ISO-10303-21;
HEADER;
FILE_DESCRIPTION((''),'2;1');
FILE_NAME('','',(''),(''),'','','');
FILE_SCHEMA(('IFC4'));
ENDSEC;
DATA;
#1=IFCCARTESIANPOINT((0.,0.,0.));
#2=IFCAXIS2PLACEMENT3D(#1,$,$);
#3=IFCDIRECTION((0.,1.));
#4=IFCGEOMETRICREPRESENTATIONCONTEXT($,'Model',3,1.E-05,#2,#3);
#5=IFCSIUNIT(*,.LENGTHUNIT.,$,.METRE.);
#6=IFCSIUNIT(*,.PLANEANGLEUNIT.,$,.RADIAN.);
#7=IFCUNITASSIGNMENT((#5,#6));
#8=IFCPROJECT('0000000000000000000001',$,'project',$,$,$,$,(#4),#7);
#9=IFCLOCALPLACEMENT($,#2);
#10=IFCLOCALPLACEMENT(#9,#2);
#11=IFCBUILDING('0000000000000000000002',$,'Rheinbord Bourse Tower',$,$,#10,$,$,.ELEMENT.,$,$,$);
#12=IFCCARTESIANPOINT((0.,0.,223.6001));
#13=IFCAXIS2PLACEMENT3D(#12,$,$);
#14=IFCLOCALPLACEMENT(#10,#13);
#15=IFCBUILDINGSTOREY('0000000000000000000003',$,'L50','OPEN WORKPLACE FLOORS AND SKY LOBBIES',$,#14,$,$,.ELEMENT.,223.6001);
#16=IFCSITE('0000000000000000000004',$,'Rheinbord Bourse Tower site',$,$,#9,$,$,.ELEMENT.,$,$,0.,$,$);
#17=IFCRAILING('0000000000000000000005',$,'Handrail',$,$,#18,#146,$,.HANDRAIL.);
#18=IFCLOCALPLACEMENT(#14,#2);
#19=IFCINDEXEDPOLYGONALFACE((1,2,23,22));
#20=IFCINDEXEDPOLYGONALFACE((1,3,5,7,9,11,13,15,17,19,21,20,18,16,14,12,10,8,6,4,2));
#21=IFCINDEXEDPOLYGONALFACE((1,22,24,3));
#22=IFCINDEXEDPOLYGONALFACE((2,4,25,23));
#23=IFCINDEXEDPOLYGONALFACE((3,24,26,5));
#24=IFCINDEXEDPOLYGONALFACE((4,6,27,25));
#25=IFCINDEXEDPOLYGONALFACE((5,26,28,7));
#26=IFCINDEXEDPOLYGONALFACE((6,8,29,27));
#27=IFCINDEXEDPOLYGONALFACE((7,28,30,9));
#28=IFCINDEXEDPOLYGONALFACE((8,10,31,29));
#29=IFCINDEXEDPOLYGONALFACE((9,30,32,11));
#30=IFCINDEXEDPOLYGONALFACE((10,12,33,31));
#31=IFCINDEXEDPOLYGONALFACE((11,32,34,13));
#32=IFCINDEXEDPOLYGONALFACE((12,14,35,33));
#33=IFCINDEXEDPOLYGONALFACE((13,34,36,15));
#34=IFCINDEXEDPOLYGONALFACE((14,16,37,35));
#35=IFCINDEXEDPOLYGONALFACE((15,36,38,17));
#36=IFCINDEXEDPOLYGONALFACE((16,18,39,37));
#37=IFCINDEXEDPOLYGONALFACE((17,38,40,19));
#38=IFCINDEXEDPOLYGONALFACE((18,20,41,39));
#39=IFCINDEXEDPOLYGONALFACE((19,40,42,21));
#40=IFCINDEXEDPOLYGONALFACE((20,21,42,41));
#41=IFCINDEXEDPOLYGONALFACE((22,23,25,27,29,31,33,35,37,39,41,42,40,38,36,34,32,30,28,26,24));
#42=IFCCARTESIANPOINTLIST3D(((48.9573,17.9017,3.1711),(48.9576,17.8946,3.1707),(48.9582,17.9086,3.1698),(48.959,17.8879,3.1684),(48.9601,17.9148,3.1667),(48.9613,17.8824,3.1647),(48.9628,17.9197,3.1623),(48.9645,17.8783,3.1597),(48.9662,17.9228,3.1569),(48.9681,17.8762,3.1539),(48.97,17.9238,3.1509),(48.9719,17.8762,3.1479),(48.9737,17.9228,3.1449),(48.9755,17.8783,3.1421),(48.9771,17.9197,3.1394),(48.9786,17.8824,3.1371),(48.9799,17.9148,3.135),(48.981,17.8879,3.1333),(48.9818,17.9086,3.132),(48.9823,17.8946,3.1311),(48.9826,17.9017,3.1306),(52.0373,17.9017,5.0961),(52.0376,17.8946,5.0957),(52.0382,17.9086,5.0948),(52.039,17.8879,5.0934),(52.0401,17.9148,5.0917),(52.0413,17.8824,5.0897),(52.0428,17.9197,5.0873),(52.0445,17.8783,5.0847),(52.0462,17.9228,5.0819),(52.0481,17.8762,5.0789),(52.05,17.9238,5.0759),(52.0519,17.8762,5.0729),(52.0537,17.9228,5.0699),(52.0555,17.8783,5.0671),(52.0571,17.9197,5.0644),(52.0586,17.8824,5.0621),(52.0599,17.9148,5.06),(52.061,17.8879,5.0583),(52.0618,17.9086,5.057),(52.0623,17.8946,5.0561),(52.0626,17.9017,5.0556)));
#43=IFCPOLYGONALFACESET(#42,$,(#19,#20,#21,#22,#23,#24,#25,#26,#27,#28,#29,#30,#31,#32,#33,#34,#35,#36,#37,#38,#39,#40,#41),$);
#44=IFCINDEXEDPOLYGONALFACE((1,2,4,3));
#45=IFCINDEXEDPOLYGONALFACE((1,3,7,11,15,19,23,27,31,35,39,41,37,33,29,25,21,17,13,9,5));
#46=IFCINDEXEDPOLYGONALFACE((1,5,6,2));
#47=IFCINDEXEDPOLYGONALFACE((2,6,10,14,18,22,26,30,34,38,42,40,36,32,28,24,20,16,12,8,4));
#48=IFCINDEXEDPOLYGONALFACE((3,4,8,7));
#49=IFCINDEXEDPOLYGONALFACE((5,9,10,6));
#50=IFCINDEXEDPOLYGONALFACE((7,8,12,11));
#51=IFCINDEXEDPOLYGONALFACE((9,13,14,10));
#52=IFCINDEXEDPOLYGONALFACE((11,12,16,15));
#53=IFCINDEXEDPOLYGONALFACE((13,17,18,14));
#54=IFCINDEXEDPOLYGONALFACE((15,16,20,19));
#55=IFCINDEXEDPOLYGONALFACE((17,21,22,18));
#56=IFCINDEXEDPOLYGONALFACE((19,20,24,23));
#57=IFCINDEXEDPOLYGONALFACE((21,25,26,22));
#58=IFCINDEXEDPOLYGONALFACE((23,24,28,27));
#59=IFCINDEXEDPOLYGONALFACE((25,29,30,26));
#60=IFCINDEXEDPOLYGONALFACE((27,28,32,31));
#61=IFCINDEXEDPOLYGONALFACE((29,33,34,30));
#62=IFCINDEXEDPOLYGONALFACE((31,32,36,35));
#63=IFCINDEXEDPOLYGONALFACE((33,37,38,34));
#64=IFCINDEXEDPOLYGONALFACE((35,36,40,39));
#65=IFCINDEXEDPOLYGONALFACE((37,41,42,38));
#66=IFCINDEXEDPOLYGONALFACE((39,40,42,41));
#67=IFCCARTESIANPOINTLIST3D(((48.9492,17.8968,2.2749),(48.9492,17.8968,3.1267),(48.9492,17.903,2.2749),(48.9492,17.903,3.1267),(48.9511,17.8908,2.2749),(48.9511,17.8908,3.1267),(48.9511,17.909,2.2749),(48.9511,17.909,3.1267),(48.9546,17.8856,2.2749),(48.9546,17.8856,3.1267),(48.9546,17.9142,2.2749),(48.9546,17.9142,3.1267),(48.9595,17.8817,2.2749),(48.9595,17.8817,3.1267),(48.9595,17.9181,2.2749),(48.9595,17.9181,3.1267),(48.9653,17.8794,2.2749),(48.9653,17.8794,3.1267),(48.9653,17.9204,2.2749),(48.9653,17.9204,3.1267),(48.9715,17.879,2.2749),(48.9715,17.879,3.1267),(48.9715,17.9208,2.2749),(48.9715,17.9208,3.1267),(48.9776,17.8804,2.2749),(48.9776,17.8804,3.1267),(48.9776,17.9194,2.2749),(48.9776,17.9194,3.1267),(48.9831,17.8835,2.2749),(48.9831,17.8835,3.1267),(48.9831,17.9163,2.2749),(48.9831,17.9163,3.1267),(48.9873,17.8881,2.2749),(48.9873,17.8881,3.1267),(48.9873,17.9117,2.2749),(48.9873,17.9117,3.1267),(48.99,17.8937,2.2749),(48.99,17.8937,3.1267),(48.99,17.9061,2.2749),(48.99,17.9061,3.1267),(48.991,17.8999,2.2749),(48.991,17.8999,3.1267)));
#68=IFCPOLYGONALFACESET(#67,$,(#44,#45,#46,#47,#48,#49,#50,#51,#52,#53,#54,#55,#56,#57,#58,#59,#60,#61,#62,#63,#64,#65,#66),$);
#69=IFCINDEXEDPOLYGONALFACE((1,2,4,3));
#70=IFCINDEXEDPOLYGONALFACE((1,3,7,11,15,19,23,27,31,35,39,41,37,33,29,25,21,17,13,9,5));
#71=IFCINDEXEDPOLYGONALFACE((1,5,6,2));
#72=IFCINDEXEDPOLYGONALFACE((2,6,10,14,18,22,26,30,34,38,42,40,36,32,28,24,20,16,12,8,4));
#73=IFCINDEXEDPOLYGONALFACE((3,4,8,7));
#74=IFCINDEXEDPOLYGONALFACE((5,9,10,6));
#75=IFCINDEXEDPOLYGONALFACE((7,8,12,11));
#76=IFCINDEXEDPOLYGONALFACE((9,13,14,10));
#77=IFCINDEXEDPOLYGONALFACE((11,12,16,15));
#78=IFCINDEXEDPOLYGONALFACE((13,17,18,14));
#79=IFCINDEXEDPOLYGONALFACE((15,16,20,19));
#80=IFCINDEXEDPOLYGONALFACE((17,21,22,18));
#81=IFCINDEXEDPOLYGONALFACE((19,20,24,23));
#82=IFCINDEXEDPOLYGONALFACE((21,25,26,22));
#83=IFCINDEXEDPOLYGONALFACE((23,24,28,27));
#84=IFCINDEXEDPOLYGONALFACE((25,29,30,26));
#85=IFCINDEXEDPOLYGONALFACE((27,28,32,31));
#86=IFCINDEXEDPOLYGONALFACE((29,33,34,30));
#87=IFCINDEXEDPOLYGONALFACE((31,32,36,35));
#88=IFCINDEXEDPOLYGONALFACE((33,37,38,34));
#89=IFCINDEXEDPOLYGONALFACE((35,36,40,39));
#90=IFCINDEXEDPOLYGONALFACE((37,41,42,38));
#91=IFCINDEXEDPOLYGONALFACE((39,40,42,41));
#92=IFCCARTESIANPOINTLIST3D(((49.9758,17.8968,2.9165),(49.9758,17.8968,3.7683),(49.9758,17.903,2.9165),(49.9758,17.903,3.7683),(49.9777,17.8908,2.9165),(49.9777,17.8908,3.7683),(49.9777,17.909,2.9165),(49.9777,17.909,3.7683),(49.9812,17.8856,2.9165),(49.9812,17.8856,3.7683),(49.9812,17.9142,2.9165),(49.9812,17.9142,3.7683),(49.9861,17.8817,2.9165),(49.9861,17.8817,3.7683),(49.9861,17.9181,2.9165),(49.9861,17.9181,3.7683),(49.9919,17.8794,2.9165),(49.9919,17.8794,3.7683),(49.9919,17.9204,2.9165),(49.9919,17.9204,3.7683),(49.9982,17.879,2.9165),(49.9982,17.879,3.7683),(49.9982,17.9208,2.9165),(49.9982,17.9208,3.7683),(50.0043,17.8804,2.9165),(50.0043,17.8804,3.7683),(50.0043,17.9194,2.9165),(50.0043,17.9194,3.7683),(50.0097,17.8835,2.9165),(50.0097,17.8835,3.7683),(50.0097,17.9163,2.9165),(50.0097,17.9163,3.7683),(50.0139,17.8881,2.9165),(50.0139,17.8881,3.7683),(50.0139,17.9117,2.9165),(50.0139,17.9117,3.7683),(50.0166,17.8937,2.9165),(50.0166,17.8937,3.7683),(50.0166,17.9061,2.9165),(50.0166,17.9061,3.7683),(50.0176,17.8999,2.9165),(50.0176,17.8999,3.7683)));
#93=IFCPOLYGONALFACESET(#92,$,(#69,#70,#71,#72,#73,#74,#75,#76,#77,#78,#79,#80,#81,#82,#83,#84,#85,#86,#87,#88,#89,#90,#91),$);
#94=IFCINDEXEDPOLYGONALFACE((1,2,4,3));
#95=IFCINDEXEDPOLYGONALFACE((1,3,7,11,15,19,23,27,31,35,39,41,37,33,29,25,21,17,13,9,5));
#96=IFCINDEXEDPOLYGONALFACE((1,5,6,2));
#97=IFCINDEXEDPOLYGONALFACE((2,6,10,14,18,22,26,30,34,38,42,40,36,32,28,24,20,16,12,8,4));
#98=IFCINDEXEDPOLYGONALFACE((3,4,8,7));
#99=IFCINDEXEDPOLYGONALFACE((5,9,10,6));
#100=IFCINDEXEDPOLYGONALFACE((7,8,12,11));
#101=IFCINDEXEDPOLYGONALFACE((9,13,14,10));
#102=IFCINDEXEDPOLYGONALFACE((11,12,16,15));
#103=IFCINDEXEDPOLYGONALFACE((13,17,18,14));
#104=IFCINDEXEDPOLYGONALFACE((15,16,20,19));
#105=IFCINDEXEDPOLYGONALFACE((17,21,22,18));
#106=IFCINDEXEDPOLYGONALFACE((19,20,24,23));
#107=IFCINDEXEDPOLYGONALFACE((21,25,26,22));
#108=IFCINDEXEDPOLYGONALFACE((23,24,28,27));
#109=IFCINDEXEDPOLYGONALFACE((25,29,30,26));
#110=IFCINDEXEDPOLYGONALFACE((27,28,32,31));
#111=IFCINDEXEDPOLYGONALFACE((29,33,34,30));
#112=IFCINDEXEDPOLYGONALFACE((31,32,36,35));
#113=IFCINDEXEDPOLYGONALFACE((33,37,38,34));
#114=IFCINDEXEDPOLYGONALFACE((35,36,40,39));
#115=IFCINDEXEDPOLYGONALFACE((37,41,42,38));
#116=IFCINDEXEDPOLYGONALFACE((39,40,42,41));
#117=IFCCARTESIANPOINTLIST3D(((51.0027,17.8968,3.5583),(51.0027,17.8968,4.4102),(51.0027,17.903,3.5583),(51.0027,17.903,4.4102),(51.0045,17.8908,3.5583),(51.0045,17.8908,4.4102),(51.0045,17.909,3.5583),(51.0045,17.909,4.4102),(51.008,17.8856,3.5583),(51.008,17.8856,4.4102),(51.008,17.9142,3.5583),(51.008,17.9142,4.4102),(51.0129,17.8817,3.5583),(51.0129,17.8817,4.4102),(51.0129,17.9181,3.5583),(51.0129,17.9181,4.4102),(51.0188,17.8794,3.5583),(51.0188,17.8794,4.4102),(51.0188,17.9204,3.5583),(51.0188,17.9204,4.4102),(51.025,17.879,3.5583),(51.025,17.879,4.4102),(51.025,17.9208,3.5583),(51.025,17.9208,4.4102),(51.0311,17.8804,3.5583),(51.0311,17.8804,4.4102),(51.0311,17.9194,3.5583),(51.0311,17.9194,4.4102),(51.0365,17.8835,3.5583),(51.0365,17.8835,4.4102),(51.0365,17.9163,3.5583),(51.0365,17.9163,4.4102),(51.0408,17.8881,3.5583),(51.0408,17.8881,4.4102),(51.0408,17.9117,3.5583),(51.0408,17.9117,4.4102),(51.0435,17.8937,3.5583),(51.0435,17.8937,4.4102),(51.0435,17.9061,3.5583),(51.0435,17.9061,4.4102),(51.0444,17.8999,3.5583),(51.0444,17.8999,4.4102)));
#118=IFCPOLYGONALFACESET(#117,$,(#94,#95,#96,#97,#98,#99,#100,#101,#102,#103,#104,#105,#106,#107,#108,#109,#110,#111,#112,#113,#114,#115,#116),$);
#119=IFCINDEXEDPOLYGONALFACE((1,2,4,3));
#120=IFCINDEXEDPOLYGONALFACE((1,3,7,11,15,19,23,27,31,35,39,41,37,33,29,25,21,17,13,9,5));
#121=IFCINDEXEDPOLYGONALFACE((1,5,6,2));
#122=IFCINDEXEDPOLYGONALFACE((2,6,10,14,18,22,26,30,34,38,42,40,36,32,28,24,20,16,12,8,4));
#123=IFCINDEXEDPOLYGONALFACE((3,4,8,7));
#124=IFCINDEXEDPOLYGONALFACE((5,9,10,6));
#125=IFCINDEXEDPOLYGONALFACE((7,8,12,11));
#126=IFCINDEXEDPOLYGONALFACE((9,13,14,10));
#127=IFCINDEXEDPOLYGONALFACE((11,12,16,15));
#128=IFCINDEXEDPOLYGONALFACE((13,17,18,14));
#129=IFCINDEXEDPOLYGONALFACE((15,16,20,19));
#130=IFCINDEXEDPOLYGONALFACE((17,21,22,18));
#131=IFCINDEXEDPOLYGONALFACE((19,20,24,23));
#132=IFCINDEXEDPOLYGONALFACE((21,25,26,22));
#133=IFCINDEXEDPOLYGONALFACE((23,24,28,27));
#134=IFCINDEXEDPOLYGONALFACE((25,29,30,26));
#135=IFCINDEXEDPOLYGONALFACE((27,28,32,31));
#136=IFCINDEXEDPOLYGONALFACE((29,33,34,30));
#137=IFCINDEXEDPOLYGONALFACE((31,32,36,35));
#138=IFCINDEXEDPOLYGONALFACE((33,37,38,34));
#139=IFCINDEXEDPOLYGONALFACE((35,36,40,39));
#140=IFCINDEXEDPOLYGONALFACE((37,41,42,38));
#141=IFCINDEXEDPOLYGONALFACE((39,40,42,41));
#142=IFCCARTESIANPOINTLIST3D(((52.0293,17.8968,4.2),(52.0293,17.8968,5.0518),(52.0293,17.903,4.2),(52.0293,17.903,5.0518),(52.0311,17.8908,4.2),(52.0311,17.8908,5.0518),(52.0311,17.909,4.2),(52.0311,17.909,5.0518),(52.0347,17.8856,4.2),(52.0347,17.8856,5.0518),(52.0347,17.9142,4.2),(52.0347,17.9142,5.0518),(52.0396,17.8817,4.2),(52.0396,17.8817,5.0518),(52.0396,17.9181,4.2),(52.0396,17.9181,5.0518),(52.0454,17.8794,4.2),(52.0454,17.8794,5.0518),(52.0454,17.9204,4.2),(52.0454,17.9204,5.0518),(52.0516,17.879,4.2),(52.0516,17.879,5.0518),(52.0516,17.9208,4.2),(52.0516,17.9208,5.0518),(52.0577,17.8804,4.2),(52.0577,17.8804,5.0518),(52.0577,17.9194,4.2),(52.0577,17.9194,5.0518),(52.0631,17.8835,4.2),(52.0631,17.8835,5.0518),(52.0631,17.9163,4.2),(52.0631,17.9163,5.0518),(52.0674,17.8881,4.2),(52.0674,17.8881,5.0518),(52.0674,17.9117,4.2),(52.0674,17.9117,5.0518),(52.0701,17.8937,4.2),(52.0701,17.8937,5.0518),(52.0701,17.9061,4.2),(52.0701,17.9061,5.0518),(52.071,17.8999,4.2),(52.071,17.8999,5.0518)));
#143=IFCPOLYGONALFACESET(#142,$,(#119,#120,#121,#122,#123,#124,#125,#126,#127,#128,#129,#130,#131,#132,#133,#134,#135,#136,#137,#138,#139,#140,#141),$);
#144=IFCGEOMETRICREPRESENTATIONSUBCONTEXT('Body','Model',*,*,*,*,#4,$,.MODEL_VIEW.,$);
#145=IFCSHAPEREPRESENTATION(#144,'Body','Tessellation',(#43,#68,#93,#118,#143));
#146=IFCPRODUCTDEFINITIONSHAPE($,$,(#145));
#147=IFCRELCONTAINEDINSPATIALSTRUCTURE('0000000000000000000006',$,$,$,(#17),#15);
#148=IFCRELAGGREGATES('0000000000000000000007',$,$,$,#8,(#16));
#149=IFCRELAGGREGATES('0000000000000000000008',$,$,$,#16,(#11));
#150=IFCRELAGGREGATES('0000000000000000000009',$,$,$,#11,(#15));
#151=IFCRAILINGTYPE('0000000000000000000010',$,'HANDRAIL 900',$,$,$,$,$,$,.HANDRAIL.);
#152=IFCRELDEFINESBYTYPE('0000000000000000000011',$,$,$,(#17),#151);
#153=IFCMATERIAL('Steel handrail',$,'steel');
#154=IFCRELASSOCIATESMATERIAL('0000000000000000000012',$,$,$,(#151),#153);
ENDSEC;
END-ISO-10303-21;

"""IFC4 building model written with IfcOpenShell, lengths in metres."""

from ifc_helpers import new_model, si_unit, direction, frame, origin, origin_2d, place, context, subcontext, project, spatial, circle, extrude, material, type_object, element, save


model = new_model("IFC4")

# Units and contexts
model_context = context("Model", 3, precision=1e-05, world=origin(), true_north=direction((0.0, 1.0)))
body_context = subcontext(model_context, "Body", "Model", "MODEL_VIEW")
ifc_project = project(units=[si_unit("LENGTHUNIT", "METRE"), si_unit("PLANEANGLEUNIT", "RADIAN")], contexts=[model_context])

# Site, building, storey
site_placement = place(None, origin())
site = spatial("IfcSite", under=ifc_project, at=site_placement, Name="Rheinbord Bourse Tower site", CompositionType="ELEMENT", RefElevation=0.0)
building_placement = place(site_placement, origin())
building = spatial("IfcBuilding", under=site, at=building_placement, Name="Rheinbord Bourse Tower", CompositionType="ELEMENT")
storey_placement = place(building_placement, frame((0.0, 0.0, 223.6001)))
storey = spatial("IfcBuildingStorey", under=building, at=storey_placement, Name="L50", Description="OPEN WORKPLACE FLOORS AND SKY LOBBIES", CompositionType="ELEMENT", Elevation=223.6001)

# Railing
ifc_material_1 = material(Name="Steel handrail", Category="steel")
railing_type = type_object("IfcRailingType", Name="HANDRAIL 900", PredefinedType="HANDRAIL", material=ifc_material_1)
railing_1_placement = place(storey_placement, frame((48.97, 17.8999, 2.2749)))
element("IfcRailing", 1, at=railing_1_placement, inside=storey, type_object=railing_type, Name="Handrail", PredefinedType="HANDRAIL", context=body_context, shape_type="SweptSolid", body=[
    extrude(circle(Radius=0.0239, at=origin_2d()), frame((0.0, 0.0, 0.876), z_axis=(0.847998, 0.0, 0.529999), x_axis=(0.0, 1.0, 0.0)), (0.0, 0.0, 1.0), 3.6321),
    extrude(circle(Radius=0.021, at=origin_2d()), origin(), (0.0, 0.0, 1.0), 0.8518),
    extrude(circle(Radius=0.021, at=origin_2d()), frame((1.0266, 0.0, 0.6416)), (0.0, 0.0, 1.0), 0.8518),
    extrude(circle(Radius=0.021, at=origin_2d()), frame((2.0535, 0.0, 1.2834)), (0.0, 0.0, 1.0), 0.8518),
    extrude(circle(Radius=0.021, at=origin_2d()), frame((3.0801, 0.0, 1.925)), (0.0, 0.0, 1.0), 0.8518),
])

save(model, "model.ifc")
